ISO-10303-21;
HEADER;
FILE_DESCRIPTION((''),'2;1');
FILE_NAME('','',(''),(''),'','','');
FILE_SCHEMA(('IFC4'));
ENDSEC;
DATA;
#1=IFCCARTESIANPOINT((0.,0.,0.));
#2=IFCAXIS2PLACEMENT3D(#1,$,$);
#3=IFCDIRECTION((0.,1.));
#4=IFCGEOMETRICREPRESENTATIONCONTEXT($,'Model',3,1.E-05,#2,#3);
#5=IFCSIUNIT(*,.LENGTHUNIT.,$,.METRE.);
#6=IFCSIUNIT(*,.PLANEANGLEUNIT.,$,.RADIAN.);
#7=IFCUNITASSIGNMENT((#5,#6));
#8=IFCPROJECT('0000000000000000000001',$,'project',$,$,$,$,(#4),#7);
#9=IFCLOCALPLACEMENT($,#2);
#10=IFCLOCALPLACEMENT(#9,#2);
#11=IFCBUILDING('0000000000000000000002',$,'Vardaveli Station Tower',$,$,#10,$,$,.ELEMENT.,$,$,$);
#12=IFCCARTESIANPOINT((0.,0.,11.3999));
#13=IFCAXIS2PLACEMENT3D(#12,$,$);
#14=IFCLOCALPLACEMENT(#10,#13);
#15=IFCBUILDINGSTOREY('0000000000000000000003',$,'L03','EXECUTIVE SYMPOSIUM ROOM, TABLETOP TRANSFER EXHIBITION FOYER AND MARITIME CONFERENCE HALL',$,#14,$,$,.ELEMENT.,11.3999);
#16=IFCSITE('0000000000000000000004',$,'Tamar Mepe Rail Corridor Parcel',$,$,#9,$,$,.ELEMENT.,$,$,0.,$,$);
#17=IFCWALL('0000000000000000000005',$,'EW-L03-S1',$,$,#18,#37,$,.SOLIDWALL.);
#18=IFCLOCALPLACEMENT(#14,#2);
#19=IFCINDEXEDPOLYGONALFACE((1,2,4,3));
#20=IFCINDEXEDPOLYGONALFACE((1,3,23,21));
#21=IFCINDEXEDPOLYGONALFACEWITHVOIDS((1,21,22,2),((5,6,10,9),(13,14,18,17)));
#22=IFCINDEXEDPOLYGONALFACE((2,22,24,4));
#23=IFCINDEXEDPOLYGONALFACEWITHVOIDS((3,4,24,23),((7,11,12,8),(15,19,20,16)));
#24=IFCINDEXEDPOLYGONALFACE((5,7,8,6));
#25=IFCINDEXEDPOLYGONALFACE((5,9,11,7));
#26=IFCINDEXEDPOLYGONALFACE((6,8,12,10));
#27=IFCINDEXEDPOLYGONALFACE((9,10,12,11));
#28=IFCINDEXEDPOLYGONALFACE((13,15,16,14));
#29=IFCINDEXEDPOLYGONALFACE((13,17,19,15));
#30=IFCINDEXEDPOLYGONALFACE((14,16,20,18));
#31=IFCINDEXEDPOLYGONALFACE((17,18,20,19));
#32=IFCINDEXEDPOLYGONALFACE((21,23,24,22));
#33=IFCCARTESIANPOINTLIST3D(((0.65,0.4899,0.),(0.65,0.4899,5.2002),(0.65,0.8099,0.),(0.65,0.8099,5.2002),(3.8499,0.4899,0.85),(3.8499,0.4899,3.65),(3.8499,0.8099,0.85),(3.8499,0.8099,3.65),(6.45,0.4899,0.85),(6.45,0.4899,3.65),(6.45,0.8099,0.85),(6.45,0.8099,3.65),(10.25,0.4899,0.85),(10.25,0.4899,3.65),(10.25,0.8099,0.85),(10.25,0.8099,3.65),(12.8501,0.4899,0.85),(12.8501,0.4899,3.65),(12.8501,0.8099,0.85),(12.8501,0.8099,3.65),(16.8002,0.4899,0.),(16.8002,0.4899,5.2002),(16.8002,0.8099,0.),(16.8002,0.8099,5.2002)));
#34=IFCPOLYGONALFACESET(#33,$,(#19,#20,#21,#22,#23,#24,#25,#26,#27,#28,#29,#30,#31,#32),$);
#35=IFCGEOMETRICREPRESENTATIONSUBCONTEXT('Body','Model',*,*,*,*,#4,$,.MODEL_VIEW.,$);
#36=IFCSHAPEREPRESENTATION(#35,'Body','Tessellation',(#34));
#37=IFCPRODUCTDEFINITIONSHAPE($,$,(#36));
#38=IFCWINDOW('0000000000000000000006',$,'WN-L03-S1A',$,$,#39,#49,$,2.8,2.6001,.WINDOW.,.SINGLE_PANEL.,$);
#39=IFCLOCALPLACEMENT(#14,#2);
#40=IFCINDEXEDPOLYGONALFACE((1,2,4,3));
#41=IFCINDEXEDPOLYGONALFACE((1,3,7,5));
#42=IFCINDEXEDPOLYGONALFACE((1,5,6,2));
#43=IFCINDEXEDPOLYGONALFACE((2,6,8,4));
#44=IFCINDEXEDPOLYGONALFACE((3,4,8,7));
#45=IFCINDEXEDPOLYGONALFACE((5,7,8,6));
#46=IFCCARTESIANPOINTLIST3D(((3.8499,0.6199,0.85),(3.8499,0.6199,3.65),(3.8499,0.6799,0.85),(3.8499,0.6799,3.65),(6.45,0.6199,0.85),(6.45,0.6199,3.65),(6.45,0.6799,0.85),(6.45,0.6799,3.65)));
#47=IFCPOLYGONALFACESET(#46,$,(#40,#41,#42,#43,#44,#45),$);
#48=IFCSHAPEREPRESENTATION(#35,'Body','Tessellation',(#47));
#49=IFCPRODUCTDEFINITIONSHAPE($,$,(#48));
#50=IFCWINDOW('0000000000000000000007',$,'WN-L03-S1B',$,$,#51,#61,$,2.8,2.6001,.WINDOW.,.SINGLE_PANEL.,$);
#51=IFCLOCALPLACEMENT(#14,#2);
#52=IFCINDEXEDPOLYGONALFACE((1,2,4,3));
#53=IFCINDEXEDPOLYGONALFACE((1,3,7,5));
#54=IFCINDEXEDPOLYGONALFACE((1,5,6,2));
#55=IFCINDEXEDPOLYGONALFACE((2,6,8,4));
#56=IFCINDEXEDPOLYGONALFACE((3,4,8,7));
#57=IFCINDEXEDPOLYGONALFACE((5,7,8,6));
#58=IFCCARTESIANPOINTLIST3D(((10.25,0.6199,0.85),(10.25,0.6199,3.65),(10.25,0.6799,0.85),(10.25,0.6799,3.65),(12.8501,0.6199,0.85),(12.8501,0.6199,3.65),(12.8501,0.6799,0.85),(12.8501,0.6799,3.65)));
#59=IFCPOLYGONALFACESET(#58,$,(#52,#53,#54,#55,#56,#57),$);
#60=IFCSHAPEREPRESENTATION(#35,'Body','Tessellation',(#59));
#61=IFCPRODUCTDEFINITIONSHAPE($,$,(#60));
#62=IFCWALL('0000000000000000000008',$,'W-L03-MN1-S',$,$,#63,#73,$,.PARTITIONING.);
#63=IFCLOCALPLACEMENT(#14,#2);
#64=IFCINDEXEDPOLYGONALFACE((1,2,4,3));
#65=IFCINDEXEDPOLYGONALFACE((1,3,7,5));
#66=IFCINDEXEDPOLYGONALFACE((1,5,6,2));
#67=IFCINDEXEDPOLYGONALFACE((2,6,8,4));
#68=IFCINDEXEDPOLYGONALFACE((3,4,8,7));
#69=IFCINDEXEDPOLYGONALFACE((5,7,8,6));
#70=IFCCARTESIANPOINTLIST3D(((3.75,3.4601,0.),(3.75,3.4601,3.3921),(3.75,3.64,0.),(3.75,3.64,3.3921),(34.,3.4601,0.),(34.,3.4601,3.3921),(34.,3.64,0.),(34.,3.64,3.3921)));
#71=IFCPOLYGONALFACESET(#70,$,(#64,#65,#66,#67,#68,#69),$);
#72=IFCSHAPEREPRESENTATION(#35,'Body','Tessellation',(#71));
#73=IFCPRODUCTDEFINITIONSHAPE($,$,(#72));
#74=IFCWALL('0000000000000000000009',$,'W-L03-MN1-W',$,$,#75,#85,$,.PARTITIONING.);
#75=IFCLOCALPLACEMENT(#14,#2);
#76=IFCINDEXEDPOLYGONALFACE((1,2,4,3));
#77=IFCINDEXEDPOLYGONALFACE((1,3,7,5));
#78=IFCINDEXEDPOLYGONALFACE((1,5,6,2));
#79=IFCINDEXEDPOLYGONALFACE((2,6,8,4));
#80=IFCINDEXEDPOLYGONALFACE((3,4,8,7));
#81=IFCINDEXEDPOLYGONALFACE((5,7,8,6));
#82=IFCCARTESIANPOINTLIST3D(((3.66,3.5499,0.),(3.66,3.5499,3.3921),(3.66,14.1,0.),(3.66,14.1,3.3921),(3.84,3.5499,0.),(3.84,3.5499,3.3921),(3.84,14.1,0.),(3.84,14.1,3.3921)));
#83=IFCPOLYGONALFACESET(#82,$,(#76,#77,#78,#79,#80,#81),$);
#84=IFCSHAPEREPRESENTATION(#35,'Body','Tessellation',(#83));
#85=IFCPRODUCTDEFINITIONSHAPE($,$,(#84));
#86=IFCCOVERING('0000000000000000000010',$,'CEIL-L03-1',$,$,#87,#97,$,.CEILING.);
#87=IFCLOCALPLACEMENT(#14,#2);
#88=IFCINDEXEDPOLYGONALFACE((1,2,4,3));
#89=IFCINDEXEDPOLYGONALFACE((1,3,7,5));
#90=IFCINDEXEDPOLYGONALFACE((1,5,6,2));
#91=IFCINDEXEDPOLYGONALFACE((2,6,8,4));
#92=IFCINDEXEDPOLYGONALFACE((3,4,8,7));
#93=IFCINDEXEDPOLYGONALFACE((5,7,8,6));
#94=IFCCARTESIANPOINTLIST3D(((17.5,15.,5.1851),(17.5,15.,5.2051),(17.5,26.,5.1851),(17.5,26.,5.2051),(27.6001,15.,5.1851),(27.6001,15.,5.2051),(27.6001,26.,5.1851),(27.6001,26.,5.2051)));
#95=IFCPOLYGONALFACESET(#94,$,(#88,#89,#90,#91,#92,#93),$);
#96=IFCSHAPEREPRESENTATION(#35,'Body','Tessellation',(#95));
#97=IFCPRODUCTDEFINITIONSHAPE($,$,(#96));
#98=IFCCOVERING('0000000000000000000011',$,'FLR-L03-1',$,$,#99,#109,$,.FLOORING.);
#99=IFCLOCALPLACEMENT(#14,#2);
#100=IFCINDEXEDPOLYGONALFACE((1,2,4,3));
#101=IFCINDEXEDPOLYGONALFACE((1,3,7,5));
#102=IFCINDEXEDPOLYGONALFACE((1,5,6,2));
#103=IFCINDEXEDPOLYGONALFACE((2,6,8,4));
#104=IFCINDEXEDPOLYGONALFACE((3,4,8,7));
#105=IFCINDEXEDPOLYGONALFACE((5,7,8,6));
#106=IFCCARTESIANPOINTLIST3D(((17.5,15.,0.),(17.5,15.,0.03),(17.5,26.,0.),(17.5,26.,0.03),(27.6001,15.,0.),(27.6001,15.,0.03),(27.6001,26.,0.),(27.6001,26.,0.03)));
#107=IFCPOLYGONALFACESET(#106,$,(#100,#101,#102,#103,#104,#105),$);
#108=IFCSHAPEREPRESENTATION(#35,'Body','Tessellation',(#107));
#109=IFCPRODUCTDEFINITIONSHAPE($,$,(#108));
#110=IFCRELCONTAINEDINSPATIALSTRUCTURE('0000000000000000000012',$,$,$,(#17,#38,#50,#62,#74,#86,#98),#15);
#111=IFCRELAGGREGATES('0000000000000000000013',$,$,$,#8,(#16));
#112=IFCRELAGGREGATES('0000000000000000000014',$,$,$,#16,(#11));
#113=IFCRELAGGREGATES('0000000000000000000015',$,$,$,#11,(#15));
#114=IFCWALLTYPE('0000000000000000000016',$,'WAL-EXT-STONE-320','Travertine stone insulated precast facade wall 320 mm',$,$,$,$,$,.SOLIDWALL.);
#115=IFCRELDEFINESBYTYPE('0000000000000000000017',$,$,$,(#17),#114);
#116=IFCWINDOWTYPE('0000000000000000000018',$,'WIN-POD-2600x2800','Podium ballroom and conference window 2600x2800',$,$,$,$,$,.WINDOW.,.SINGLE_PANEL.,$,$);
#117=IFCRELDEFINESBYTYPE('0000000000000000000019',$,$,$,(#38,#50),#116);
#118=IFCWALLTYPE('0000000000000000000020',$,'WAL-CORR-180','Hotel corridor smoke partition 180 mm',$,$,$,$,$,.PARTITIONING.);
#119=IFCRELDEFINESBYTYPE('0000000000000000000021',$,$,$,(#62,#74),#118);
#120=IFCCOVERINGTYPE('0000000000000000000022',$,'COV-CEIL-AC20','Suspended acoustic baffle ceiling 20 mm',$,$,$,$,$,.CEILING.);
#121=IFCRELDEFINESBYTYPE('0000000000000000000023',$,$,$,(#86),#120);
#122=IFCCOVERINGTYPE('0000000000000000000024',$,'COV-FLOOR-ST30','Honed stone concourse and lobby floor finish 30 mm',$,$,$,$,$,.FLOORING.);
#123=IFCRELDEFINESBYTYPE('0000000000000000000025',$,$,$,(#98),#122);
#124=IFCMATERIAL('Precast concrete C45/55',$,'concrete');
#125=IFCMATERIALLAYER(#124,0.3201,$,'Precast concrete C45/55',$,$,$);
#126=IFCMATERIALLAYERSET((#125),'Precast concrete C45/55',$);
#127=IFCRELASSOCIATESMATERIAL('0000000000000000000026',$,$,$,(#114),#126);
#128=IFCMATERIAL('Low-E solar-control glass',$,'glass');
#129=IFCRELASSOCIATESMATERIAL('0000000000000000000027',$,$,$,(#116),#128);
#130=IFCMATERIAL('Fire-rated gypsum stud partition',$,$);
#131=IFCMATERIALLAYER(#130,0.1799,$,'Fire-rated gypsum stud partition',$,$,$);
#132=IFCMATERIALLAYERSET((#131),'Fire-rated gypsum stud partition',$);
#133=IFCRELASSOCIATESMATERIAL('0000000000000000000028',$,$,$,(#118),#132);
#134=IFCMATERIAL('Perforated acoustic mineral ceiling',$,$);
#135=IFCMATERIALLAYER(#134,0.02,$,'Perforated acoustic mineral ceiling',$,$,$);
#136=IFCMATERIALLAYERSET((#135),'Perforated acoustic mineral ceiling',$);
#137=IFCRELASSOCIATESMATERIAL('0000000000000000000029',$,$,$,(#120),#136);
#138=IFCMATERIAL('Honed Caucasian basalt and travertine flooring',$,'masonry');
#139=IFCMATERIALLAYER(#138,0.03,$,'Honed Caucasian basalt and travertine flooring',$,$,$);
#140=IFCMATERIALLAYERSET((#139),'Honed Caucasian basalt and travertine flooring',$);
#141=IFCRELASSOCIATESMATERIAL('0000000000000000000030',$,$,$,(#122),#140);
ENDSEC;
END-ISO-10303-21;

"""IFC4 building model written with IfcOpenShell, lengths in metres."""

from ifc_helpers import new_model, si_unit, direction, frame, frame_2d, origin, place, context, subcontext, project, spatial, polyline, rectangle, outline, extrude, source, transform, mapped, material, layer, layer_set, type_object, element, fill, save


model = new_model("IFC4")

# Units and contexts
model_context = context("Model", 3, precision=1e-05, world=origin(), true_north=direction((0.0, 1.0)))
body_context = subcontext(model_context, "Body", "Model", "MODEL_VIEW")
ifc_project = project(units=[si_unit("LENGTHUNIT", "METRE"), si_unit("PLANEANGLEUNIT", "RADIAN")], contexts=[model_context])

# Site, building, storey
site_placement = place(None, origin())
site = spatial("IfcSite", under=ifc_project, at=site_placement, Name="Tamar Mepe Rail Corridor Parcel", CompositionType="ELEMENT", RefElevation=0.0)
building_placement = place(site_placement, origin())
building = spatial("IfcBuilding", under=site, at=building_placement, Name="Vardaveli Station Tower", CompositionType="ELEMENT")
storey_placement = place(building_placement, frame((0.0, 0.0, 11.3999)))
storey = spatial("IfcBuildingStorey", under=building, at=storey_placement, Name="L03", Description="EXECUTIVE SYMPOSIUM ROOM, TABLETOP TRANSFER EXHIBITION FOYER AND MARITIME CONFERENCE HALL", CompositionType="ELEMENT", Elevation=11.3999)

# Wall, openings, windows
ifc_material_1 = material(Name="Precast concrete C45/55", Category="concrete")
ifc_layer_1 = layer(ifc_material_1, 0.3201, Name="Precast concrete C45/55")
ifc_layer_set_1 = layer_set([ifc_layer_1], Name="Precast concrete C45/55")
wall_type_1 = type_object("IfcWallType", Name="WAL-EXT-STONE-320", Description="Travertine stone insulated precast facade wall 320 mm", PredefinedType="SOLIDWALL", material=ifc_layer_set_1)
shared_shape_1 = source(origin(), body_context, "Body", "SweptSolid", [
    extrude(rectangle(XDim=16.1501, YDim=0.3201, at=frame_2d((8.0752, 0.0))), origin(), (0.0, 0.0, 1.0), 5.2002),
])
wall_1_placement = place(storey_placement, frame((0.6499, 0.6499, 0.0), z_axis=(0.0, 0.0, 1.0), x_axis=(1.0, 0.0, 0.0)))
wall_1 = element("IfcWall", 1, at=wall_1_placement, inside=storey, type_object=wall_type_1, Name="EW-L03-S1", PredefinedType="SOLIDWALL", context=body_context, shape_type="MappedRepresentation", body=[
    mapped(shared_shape_1, transform((0.0, 0.0, 0.0), scale=1.0)),
])
shared_shape_2 = source(origin(), body_context, "Body", "SweptSolid", [
    extrude(rectangle(XDim=2.6001, YDim=2.8, at=frame_2d((1.3, 1.3999))), frame((0.0, 0.1699, 0.0), z_axis=(0.0, -1.0, 0.0), x_axis=(1.0, 0.0, 0.0)), (0.0, 0.0, 1.0), 0.3401),
])
opening_1_placement = place(wall_1_placement, frame((3.2, 0.0, 0.8501)))
opening_1 = element("IfcOpeningElement", 2, at=opening_1_placement, cuts=wall_1, PredefinedType="OPENING", context=body_context, shape_type="MappedRepresentation", body=[
    mapped(shared_shape_2, transform((0.0, 0.0, 0.0), scale=1.0)),
])
opening_2_placement = place(wall_1_placement, frame((9.6001, 0.0, 0.8501)))
opening_2 = element("IfcOpeningElement", 3, at=opening_2_placement, cuts=wall_1, PredefinedType="OPENING", context=body_context, shape_type="MappedRepresentation", body=[
    mapped(shared_shape_2, transform((0.0, 0.0, 0.0), scale=1.0)),
])
ifc_material_2 = material(Name="Low-E solar-control glass", Category="glass")
window_type = type_object("IfcWindowType", Name="WIN-POD-2600x2800", Description="Podium ballroom and conference window 2600x2800", PartitioningType="SINGLE_PANEL", PredefinedType="WINDOW", material=ifc_material_2)
shared_shape_3 = source(origin(), body_context, "Body", "SweptSolid", [
    extrude(rectangle(XDim=2.6001, YDim=2.8, at=frame_2d((1.3, 1.3999))), frame((0.0, 0.03, 0.0), z_axis=(0.0, -1.0, 0.0), x_axis=(1.0, 0.0, 0.0)), (0.0, 0.0, 1.0), 0.0601),
])
window_1_placement = place(opening_1_placement, origin())
window_1 = element("IfcWindow", 4, at=window_1_placement, inside=storey, type_object=window_type, Name="WN-L03-S1A", OverallHeight=2.8, OverallWidth=2.6001, PartitioningType="SINGLE_PANEL", PredefinedType="WINDOW", context=body_context, shape_type="MappedRepresentation", body=[
    mapped(shared_shape_3, transform((0.0, 0.0, 0.0), scale=1.0)),
])
fill(opening_1, window_1)
window_2_placement = place(opening_2_placement, origin())
window_2 = element("IfcWindow", 5, at=window_2_placement, inside=storey, type_object=window_type, Name="WN-L03-S1B", OverallHeight=2.8, OverallWidth=2.6001, PartitioningType="SINGLE_PANEL", PredefinedType="WINDOW", context=body_context, shape_type="MappedRepresentation", body=[
    mapped(shared_shape_3, transform((0.0, 0.0, 0.0), scale=1.0)),
])
fill(opening_2, window_2)

# Walls
ifc_material_3 = material(Name="Fire-rated gypsum stud partition")
ifc_layer_2 = layer(ifc_material_3, 0.1799, Name="Fire-rated gypsum stud partition")
ifc_layer_set_2 = layer_set([ifc_layer_2], Name="Fire-rated gypsum stud partition")
wall_type_2 = type_object("IfcWallType", Name="WAL-CORR-180", Description="Hotel corridor smoke partition 180 mm", PredefinedType="PARTITIONING", material=ifc_layer_set_2)
shared_shape_4 = source(origin(), body_context, "Body", "SweptSolid", [
    extrude(rectangle(XDim=30.25, YDim=0.1799, at=frame_2d((15.125, 0.0))), origin(), (0.0, 0.0, 1.0), 3.3921),
])
wall_2_placement = place(storey_placement, frame((3.75, 3.55, 0.0), z_axis=(0.0, 0.0, 1.0), x_axis=(1.0, 0.0, 0.0)))
element("IfcWall", 6, at=wall_2_placement, inside=storey, type_object=wall_type_2, Name="W-L03-MN1-S", PredefinedType="PARTITIONING", context=body_context, shape_type="MappedRepresentation", body=[
    mapped(shared_shape_4, transform((0.0, 0.0, 0.0), scale=1.0)),
])
shared_shape_5 = source(origin(), body_context, "Body", "SweptSolid", [
    extrude(rectangle(XDim=10.55, YDim=0.1799, at=frame_2d((5.2749, 0.0))), origin(), (0.0, 0.0, 1.0), 3.3921),
])
wall_3_placement = place(storey_placement, frame((3.75, 3.55, 0.0), z_axis=(0.0, 0.0, 1.0), x_axis=(0.0, 1.0, 0.0)))
element("IfcWall", 7, at=wall_3_placement, inside=storey, type_object=wall_type_2, Name="W-L03-MN1-W", PredefinedType="PARTITIONING", context=body_context, shape_type="MappedRepresentation", body=[
    mapped(shared_shape_5, transform((0.0, 0.0, 0.0), scale=1.0)),
])

# Coverings
ifc_material_4 = material(Name="Perforated acoustic mineral ceiling")
ifc_layer_3 = layer(ifc_material_4, 0.02, Name="Perforated acoustic mineral ceiling")
ifc_layer_set_3 = layer_set([ifc_layer_3], Name="Perforated acoustic mineral ceiling")
covering_type_1 = type_object("IfcCoveringType", Name="COV-CEIL-AC20", Description="Suspended acoustic baffle ceiling 20 mm", PredefinedType="CEILING", material=ifc_layer_set_3)
covering_1_placement = place(storey_placement, frame((0.0, 0.0, 5.1851)))
element("IfcCovering", 8, at=covering_1_placement, inside=storey, type_object=covering_type_1, Name="CEIL-L03-1", PredefinedType="CEILING", context=body_context, shape_type="SweptSolid", body=[
    extrude(outline(polyline([(17.5, 15.0), (27.6001, 15.0), (27.6001, 26.0), (17.5, 26.0), (17.5, 15.0)])), origin(), (0.0, 0.0, 1.0), 0.02),
])
ifc_material_5 = material(Name="Honed Caucasian basalt and travertine flooring", Category="masonry")
ifc_layer_4 = layer(ifc_material_5, 0.03, Name="Honed Caucasian basalt and travertine flooring")
ifc_layer_set_4 = layer_set([ifc_layer_4], Name="Honed Caucasian basalt and travertine flooring")
covering_type_2 = type_object("IfcCoveringType", Name="COV-FLOOR-ST30", Description="Honed stone concourse and lobby floor finish 30 mm", PredefinedType="FLOORING", material=ifc_layer_set_4)
covering_2_placement = place(storey_placement, origin())
element("IfcCovering", 9, at=covering_2_placement, inside=storey, type_object=covering_type_2, Name="FLR-L03-1", PredefinedType="FLOORING", context=body_context, shape_type="SweptSolid", body=[
    extrude(outline(polyline([(17.5, 15.0), (27.6001, 15.0), (27.6001, 26.0), (17.5, 26.0), (17.5, 15.0)])), origin(), (0.0, 0.0, 1.0), 0.03),
])

save(model, "model.ifc")
